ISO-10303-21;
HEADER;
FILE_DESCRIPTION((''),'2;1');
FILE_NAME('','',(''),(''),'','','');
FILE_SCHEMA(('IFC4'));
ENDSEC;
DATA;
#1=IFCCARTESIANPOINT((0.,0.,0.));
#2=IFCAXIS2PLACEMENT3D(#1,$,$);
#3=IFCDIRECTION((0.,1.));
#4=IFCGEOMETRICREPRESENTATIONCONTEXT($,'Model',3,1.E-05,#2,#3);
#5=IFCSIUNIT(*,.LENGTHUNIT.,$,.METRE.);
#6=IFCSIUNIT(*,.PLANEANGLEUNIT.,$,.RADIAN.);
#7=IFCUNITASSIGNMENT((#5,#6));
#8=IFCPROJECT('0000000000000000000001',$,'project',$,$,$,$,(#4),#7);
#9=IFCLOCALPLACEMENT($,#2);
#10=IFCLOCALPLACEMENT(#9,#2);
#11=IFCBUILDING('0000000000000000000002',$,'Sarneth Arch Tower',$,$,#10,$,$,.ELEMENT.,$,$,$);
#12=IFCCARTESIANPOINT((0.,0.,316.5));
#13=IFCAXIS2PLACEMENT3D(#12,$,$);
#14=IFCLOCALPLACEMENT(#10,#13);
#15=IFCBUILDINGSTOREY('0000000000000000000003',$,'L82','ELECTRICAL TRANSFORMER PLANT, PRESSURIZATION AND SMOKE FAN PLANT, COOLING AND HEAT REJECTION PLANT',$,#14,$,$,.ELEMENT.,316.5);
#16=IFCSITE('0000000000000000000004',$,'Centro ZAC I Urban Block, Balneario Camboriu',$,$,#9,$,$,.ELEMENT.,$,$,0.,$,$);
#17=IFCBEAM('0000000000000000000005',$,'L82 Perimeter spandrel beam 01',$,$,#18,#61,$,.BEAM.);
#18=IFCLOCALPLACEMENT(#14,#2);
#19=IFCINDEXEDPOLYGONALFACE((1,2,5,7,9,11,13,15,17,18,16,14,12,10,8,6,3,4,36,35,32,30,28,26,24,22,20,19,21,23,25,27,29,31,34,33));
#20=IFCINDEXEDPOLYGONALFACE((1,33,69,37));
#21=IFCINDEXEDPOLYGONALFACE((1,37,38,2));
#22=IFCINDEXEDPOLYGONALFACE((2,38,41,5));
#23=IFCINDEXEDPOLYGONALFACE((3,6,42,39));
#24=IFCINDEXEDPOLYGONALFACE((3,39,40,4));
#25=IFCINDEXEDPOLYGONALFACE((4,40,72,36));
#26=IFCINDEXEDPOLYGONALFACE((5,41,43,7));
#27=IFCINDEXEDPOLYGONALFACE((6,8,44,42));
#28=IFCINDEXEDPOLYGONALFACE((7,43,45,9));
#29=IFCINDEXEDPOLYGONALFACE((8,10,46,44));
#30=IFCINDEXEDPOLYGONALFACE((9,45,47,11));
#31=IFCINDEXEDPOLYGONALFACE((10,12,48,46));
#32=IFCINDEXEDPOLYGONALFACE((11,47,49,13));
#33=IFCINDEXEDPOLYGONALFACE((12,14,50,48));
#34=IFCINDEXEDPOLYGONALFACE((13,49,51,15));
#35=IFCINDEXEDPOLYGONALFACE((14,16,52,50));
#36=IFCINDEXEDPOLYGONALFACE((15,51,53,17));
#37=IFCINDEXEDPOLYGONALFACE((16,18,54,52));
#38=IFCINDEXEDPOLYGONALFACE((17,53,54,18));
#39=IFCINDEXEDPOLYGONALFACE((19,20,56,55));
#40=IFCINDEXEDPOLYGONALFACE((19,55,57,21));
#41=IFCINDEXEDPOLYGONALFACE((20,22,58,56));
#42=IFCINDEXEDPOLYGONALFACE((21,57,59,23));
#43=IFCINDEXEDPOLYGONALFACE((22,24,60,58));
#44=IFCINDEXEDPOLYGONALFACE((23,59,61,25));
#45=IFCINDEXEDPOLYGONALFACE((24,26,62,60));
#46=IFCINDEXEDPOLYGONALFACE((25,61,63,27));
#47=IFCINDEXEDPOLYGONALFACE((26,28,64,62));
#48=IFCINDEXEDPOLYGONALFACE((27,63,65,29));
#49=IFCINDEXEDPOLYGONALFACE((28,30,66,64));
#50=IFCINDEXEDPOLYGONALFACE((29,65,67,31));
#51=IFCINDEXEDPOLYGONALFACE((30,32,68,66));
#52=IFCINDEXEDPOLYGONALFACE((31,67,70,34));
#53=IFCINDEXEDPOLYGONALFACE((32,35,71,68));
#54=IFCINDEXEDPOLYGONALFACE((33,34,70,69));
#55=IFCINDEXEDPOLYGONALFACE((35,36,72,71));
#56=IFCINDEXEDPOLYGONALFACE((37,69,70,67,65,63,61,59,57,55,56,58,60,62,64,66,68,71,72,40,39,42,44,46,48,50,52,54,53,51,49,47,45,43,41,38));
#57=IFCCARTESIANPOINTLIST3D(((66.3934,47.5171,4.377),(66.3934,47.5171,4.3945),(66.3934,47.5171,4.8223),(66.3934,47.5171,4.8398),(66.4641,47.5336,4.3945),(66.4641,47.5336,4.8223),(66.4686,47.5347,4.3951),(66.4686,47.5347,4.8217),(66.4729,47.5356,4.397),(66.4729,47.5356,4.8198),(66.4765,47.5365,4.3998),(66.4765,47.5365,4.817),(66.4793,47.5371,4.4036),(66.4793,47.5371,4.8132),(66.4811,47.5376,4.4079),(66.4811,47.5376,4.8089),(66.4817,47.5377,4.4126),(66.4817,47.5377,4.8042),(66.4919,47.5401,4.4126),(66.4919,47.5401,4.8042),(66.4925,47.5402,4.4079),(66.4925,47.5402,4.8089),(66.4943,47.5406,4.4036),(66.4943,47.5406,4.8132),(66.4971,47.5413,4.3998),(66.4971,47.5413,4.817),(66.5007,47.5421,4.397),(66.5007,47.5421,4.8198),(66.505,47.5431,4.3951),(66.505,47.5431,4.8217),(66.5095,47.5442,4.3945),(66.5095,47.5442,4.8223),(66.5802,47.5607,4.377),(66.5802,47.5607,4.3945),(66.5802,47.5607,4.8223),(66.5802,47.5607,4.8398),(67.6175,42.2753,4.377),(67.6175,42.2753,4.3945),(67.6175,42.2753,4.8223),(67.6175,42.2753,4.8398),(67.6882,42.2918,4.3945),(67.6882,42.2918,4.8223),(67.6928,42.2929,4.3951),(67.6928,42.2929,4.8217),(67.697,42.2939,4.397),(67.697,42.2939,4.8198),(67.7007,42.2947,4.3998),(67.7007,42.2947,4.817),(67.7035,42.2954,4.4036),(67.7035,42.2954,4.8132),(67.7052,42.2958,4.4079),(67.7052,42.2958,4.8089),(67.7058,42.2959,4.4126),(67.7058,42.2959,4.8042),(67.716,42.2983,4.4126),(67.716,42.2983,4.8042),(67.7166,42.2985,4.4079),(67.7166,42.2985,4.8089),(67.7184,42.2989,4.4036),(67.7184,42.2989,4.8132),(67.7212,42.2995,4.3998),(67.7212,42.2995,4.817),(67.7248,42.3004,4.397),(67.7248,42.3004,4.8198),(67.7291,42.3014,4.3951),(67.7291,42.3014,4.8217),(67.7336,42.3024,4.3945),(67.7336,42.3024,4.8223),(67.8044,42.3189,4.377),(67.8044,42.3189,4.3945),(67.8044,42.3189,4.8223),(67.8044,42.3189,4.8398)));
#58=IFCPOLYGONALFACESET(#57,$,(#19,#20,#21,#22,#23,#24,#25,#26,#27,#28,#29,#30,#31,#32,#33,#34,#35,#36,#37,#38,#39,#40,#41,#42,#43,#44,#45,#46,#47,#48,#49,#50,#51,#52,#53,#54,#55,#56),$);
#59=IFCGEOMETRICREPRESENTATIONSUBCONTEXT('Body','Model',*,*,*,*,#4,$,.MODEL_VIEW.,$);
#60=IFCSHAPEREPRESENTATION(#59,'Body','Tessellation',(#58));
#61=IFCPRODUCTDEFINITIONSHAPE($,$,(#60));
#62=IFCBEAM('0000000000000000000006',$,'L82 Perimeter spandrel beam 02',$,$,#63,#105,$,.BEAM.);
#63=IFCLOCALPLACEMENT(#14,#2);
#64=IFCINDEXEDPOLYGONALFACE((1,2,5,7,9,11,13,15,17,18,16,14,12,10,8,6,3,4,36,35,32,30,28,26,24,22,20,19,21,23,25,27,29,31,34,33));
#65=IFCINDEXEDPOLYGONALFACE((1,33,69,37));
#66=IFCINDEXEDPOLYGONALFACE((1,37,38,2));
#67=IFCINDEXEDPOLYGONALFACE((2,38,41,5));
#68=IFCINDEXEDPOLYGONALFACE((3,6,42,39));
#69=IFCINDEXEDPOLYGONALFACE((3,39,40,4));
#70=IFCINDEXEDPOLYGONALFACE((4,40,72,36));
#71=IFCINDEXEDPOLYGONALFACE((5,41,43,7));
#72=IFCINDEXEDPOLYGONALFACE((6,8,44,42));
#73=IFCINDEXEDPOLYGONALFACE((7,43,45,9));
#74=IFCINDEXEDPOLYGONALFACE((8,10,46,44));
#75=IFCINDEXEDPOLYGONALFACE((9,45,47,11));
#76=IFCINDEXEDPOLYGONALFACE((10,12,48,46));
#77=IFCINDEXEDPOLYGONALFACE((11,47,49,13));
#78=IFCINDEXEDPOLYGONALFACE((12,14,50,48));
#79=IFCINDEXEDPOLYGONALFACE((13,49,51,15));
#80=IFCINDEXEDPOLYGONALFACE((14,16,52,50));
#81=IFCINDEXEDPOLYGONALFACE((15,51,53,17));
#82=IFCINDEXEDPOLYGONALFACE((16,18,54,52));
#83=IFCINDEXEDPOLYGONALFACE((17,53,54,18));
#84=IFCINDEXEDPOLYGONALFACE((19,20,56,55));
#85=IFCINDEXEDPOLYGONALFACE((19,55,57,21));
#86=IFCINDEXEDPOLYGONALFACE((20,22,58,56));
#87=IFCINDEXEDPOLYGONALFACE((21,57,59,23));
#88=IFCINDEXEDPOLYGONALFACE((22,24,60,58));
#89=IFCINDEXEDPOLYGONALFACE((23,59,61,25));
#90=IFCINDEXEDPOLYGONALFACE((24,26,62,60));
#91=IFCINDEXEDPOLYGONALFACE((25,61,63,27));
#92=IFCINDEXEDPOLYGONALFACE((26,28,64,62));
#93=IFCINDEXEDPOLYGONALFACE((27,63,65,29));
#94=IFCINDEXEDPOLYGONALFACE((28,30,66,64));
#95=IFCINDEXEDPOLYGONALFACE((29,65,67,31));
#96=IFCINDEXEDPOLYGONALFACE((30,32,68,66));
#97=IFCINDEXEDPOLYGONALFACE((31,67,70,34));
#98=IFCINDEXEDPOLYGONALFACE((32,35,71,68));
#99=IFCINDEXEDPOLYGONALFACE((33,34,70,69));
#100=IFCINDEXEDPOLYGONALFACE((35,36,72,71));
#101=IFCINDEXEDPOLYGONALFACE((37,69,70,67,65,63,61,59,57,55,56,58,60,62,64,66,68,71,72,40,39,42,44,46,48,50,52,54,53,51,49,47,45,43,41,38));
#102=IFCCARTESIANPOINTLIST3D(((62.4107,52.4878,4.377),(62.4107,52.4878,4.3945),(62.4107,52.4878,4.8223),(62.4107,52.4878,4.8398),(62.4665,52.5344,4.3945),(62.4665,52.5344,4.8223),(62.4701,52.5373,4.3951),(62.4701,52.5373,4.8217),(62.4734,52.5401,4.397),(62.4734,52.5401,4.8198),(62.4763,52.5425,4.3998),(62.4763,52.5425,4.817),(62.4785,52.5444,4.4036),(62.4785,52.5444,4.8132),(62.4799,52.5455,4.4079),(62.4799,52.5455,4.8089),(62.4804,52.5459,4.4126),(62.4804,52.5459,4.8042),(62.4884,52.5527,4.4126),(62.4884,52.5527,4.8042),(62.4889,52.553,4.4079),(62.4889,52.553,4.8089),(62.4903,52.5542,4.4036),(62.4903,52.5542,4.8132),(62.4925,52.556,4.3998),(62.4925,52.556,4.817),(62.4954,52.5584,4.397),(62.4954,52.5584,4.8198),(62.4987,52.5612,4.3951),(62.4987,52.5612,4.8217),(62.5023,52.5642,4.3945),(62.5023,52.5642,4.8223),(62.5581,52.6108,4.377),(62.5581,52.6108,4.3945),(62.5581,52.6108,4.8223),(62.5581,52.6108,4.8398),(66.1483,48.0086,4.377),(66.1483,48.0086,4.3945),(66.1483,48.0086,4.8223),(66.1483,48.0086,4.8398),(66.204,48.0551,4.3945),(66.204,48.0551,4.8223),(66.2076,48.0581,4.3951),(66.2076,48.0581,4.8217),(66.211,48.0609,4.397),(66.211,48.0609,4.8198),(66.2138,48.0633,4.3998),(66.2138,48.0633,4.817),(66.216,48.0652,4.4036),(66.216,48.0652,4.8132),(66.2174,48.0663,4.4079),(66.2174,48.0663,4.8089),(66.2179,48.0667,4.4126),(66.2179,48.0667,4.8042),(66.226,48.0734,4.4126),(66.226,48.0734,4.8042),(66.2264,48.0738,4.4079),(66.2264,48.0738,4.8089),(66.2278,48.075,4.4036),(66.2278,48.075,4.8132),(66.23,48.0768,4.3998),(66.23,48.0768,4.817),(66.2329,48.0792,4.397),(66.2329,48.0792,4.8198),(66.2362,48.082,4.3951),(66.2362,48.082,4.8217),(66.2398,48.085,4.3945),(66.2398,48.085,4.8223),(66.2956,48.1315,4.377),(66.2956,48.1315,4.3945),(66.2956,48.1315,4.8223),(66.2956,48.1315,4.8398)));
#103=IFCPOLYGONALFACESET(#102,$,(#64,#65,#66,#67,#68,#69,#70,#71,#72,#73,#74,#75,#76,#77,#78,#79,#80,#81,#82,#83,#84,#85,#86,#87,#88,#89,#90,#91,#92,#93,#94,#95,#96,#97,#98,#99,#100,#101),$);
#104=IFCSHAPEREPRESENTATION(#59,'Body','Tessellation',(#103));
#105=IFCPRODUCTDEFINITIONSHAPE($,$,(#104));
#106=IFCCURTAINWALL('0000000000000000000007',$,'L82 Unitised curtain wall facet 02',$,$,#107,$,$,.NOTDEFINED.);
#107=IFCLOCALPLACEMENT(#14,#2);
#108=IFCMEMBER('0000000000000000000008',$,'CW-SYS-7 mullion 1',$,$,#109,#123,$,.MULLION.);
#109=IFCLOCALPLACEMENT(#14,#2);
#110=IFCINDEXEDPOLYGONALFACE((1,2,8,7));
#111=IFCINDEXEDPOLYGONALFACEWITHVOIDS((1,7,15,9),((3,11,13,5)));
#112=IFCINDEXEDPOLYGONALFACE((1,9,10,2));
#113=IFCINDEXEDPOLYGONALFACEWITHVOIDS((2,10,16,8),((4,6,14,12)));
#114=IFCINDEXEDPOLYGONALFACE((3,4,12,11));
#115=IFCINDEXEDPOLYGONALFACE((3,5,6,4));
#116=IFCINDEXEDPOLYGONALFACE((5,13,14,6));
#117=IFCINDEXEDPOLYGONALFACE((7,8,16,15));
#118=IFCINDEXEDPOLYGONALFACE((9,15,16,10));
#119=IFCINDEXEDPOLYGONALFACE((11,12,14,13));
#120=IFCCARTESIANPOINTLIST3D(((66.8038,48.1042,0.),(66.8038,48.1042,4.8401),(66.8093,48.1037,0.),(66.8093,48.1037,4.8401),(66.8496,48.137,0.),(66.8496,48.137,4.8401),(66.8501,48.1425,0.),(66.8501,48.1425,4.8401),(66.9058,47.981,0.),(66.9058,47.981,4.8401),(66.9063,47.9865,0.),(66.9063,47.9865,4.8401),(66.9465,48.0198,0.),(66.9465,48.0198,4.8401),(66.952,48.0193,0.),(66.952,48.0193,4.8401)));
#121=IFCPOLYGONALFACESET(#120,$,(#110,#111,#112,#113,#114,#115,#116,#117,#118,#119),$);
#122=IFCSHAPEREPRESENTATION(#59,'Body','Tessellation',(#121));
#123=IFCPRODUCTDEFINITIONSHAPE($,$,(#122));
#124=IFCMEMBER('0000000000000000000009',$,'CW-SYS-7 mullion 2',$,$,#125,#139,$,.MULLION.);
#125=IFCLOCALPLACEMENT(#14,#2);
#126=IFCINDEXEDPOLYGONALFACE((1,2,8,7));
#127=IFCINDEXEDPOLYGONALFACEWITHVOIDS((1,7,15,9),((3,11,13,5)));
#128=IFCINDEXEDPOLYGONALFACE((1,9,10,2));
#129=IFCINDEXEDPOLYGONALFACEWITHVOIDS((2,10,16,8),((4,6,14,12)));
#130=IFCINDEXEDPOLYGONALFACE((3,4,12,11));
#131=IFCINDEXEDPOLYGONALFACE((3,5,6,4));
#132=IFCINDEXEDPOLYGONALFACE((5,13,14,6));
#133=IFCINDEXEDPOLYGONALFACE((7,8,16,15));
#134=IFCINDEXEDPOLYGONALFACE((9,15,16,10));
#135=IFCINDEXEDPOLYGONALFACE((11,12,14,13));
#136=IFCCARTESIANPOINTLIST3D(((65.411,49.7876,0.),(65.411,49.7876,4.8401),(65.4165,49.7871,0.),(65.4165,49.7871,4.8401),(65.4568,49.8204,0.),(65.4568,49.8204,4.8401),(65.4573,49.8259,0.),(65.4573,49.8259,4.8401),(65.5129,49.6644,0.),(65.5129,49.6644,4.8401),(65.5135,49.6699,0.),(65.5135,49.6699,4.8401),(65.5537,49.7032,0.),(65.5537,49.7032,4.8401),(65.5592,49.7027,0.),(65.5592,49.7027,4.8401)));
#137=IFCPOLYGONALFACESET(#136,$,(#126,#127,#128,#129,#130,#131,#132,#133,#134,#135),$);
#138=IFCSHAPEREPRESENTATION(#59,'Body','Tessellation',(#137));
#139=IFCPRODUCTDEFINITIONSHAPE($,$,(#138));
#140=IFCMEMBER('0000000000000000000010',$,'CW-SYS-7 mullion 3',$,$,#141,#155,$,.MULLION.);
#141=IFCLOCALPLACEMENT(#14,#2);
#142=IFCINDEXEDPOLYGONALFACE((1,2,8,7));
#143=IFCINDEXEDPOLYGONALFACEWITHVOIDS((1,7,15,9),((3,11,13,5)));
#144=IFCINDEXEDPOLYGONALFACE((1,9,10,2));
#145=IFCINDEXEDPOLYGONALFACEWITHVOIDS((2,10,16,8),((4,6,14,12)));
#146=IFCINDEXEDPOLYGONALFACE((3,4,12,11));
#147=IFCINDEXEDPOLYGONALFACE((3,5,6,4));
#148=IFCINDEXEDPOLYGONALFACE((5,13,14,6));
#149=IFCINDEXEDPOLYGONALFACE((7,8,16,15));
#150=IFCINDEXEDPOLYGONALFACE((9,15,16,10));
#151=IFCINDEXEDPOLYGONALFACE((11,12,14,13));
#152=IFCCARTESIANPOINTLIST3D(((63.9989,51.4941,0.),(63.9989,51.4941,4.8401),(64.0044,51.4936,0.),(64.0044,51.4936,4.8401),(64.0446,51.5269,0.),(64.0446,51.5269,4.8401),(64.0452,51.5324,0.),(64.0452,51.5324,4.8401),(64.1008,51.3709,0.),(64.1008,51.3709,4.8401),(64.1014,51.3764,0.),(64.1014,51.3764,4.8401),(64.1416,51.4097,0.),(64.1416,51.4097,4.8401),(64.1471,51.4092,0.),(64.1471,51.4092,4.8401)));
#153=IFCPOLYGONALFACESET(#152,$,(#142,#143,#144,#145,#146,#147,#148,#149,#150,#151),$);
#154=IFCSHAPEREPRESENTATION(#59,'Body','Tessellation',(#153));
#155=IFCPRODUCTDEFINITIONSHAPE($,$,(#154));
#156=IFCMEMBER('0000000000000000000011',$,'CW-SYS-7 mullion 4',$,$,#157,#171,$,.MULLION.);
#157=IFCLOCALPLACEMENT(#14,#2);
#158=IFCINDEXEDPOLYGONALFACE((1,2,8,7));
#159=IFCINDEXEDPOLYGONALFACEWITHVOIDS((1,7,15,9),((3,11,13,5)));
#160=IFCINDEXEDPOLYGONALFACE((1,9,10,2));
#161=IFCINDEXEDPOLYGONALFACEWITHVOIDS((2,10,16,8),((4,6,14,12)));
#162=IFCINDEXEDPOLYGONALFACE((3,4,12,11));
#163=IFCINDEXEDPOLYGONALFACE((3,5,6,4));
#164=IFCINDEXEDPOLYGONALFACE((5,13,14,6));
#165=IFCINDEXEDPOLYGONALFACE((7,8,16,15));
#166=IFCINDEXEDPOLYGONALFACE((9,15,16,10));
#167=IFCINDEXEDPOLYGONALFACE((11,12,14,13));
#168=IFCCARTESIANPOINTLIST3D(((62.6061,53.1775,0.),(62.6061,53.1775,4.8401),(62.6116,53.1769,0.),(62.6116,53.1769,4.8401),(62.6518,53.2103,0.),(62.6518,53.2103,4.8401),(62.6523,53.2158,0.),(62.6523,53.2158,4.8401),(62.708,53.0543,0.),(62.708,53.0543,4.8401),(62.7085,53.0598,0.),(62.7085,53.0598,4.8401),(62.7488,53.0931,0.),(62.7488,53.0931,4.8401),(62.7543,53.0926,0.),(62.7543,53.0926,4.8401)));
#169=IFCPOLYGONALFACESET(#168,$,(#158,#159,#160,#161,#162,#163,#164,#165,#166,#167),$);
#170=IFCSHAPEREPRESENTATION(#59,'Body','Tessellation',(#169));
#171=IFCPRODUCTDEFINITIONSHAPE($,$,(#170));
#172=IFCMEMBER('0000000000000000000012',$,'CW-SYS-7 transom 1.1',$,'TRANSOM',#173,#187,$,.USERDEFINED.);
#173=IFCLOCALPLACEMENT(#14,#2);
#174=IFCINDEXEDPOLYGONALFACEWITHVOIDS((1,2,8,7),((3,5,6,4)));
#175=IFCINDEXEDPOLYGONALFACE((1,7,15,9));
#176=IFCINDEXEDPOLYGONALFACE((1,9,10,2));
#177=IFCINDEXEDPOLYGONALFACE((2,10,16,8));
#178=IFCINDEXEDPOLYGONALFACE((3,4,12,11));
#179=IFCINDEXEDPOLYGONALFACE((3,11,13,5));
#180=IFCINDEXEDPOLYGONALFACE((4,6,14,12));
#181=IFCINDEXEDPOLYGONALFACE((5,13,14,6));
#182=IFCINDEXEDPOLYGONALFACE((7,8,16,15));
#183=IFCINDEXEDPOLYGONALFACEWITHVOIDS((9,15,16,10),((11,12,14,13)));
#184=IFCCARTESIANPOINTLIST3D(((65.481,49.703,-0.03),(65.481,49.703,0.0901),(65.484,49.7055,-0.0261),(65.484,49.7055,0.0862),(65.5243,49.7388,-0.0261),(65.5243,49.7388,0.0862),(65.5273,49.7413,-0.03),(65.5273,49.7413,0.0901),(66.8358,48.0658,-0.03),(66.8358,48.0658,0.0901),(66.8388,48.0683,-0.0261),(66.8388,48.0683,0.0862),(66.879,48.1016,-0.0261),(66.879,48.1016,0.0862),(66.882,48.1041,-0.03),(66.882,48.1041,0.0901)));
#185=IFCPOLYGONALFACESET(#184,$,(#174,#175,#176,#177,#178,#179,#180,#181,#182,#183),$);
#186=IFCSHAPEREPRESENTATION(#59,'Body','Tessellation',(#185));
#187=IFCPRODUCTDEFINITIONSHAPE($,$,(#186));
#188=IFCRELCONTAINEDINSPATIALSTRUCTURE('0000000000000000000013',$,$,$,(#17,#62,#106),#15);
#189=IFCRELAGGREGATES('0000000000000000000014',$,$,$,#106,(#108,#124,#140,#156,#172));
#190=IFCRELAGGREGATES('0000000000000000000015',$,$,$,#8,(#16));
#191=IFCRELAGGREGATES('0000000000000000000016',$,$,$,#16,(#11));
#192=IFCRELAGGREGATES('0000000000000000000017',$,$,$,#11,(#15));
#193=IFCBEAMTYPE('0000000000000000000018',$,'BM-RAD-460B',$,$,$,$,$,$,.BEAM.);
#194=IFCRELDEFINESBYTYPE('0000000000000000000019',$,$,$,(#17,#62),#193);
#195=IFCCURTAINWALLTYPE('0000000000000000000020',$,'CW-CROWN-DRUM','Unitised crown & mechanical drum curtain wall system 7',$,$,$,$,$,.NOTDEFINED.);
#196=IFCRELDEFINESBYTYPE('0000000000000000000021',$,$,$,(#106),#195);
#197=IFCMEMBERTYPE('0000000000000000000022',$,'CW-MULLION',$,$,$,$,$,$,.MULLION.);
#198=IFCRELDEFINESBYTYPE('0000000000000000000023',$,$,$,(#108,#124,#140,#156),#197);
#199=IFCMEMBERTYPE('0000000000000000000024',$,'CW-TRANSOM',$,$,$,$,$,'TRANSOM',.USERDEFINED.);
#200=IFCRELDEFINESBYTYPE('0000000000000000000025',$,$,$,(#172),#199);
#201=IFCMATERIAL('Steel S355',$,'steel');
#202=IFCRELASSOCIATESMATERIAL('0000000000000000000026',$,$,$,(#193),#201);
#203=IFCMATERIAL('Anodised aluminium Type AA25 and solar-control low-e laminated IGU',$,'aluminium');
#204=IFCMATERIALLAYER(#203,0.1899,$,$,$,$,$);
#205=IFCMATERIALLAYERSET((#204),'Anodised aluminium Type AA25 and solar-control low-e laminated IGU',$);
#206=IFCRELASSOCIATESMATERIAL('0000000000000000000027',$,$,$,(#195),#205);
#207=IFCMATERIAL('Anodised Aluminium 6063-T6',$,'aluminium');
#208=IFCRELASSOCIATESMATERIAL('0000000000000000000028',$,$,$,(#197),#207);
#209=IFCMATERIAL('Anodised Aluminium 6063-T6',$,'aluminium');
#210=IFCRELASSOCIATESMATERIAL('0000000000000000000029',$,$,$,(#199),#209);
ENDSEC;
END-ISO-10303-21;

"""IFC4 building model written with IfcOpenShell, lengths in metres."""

from ifc_helpers import new_model, si_unit, direction, frame, origin, origin_2d, place, context, subcontext, project, spatial, hollow_rectangle, i_section, extrude, material, layer, layer_set, material_profile, profile_set, type_object, element, aggregate, save


model = new_model("IFC4")

# Units and contexts
model_context = context("Model", 3, precision=1e-05, world=origin(), true_north=direction((0.0, 1.0)))
body_context = subcontext(model_context, "Body", "Model", "MODEL_VIEW")
ifc_project = project(units=[si_unit("LENGTHUNIT", "METRE"), si_unit("PLANEANGLEUNIT", "RADIAN")], contexts=[model_context])

# Site, building, storey
site_placement = place(None, origin())
site = spatial("IfcSite", under=ifc_project, at=site_placement, Name="Centro ZAC I Urban Block, Balneario Camboriu", CompositionType="ELEMENT", RefElevation=0.0)
building_placement = place(site_placement, origin())
building = spatial("IfcBuilding", under=site, at=building_placement, Name="Sarneth Arch Tower", CompositionType="ELEMENT")
storey_placement = place(building_placement, frame((0.0, 0.0, 316.5)))
storey = spatial("IfcBuildingStorey", under=building, at=storey_placement, Name="L82", Description="ELECTRICAL TRANSFORMER PLANT, PRESSURIZATION AND SMOKE FAN PLANT, COOLING AND HEAT REJECTION PLANT", CompositionType="ELEMENT", Elevation=316.5)

# Beams
ifc_material_1 = material(Name="Steel S355", Category="steel")
ifc_material_profile_1 = material_profile(ifc_material_1, i_section(OverallWidth=0.1919, OverallDepth=0.4629, WebThickness=0.0105, FlangeThickness=0.0176, FilletRadius=0.0181, at=origin_2d()), Name="W460x89")
ifc_profile_set_1 = profile_set([ifc_material_profile_1], Name="Steel S355")
beam_type_1 = type_object("IfcBeamType", Name="BM-RAD-460B", PredefinedType="BEAM", material=ifc_profile_set_1)
beam_1_placement = place(storey_placement, frame((67.7109, 42.2971, 4.6084), z_axis=(-0.227416, 0.973798, 0.0), x_axis=(-0.973798, -0.227416, 0.0)))
element("IfcBeam", 1, at=beam_1_placement, inside=storey, type_object=beam_type_1, Name="L82 Perimeter spandrel beam 01", PredefinedType="BEAM", context=body_context, shape_type="SweptSolid", body=[
    extrude(i_section(OverallWidth=0.1919, OverallDepth=0.4629, WebThickness=0.0105, FlangeThickness=0.0176, FilletRadius=0.0181, at=origin_2d()), origin(), (0.0, 0.0, 1.0), 5.3828),
])
beam_2_placement = place(storey_placement, frame((66.2219, 48.0701, 4.6084), z_axis=(-0.640674, 0.767813, 0.0), x_axis=(-0.767813, -0.640674, 0.0)))
element("IfcBeam", 2, at=beam_2_placement, inside=storey, type_object=beam_type_1, Name="L82 Perimeter spandrel beam 02", PredefinedType="BEAM", context=body_context, shape_type="SweptSolid", body=[
    extrude(i_section(OverallWidth=0.1919, OverallDepth=0.4629, WebThickness=0.0105, FlangeThickness=0.0176, FilletRadius=0.0181, at=origin_2d()), origin(), (0.0, 0.0, 1.0), 5.8337),
])

# Curtain wall, members
ifc_material_2 = material(Name="Anodised aluminium Type AA25 and solar-control low-e laminated IGU", Category="aluminium")
ifc_layer_1 = layer(ifc_material_2, 0.1899)
ifc_layer_set_1 = layer_set([ifc_layer_1], Name="Anodised aluminium Type AA25 and solar-control low-e laminated IGU")
curtain_wall_type = type_object("IfcCurtainWallType", Name="CW-CROWN-DRUM", Description="Unitised crown & mechanical drum curtain wall system 7", PredefinedType="NOTDEFINED", material=ifc_layer_set_1)
curtain_wall_placement = place(storey_placement, origin())
curtain_wall = element("IfcCurtainWall", 3, at=curtain_wall_placement, inside=storey, type_object=curtain_wall_type, Name="L82 Unitised curtain wall facet 02", PredefinedType="NOTDEFINED")
ifc_material_3 = material(Name="Anodised Aluminium 6063-T6", Category="aluminium")
ifc_material_profile_2 = material_profile(ifc_material_3, hollow_rectangle(XDim=0.0601, YDim=0.1599, WallThickness=0.0039, at=origin_2d()), Name="AL-MULL-160x60x4")
ifc_profile_set_2 = profile_set([ifc_material_profile_2], Name="Anodised Aluminium 6063-T6")
member_type_1 = type_object("IfcMemberType", Name="CW-MULLION", PredefinedType="MULLION", material=ifc_profile_set_2)
member_1_placement = place(storey_placement, frame((66.8779, 48.0618, 0.0), z_axis=(0.0, 0.0, 1.0), x_axis=(-0.770446, -0.637505, 0.0)))
member_1 = element("IfcMember", 4, at=member_1_placement, type_object=member_type_1, Name="CW-SYS-7 mullion 1", PredefinedType="MULLION", context=body_context, shape_type="SweptSolid", body=[
    extrude(hollow_rectangle(XDim=0.0601, YDim=0.1599, WallThickness=0.0039, at=origin_2d()), origin(), (0.0, 0.0, 1.0), 4.8401),
])
member_2_placement = place(storey_placement, frame((65.4851, 49.7451, 0.0), z_axis=(0.0, 0.0, 1.0), x_axis=(-0.770446, -0.637505, 0.0)))
member_2 = element("IfcMember", 5, at=member_2_placement, type_object=member_type_1, Name="CW-SYS-7 mullion 2", PredefinedType="MULLION", context=body_context, shape_type="SweptSolid", body=[
    extrude(hollow_rectangle(XDim=0.0601, YDim=0.1599, WallThickness=0.0039, at=origin_2d()), origin(), (0.0, 0.0, 1.0), 4.8401),
])
member_3_placement = place(storey_placement, frame((64.073, 51.4517, 0.0), z_axis=(0.0, 0.0, 1.0), x_axis=(-0.770446, -0.637505, 0.0)))
member_3 = element("IfcMember", 6, at=member_3_placement, type_object=member_type_1, Name="CW-SYS-7 mullion 3", PredefinedType="MULLION", context=body_context, shape_type="SweptSolid", body=[
    extrude(hollow_rectangle(XDim=0.0601, YDim=0.1599, WallThickness=0.0039, at=origin_2d()), origin(), (0.0, 0.0, 1.0), 4.8401),
])
member_4_placement = place(storey_placement, frame((62.6802, 53.135, 0.0), z_axis=(0.0, 0.0, 1.0), x_axis=(-0.770446, -0.637505, 0.0)))
member_4 = element("IfcMember", 7, at=member_4_placement, type_object=member_type_1, Name="CW-SYS-7 mullion 4", PredefinedType="MULLION", context=body_context, shape_type="SweptSolid", body=[
    extrude(hollow_rectangle(XDim=0.0601, YDim=0.1599, WallThickness=0.0039, at=origin_2d()), origin(), (0.0, 0.0, 1.0), 4.8401),
])
ifc_material_4 = material(Name="Anodised Aluminium 6063-T6", Category="aluminium")
ifc_material_profile_3 = material_profile(ifc_material_4, hollow_rectangle(XDim=0.0601, YDim=0.1201, WallThickness=0.0039, at=origin_2d()), Name="AL-TRAN-120x60x4")
ifc_profile_set_3 = profile_set([ifc_material_profile_3], Name="Anodised Aluminium 6063-T6")
member_type_2 = type_object("IfcMemberType", Name="CW-TRANSOM", ElementType="TRANSOM", PredefinedType="USERDEFINED", material=ifc_profile_set_3)
member_5_placement = place(storey_placement, frame((66.8589, 48.085, 0.03), z_axis=(-0.637514, 0.770439, 0.0), x_axis=(-0.770439, -0.637514, 0.0)))
member_5 = element("IfcMember", 8, at=member_5_placement, type_object=member_type_2, Name="CW-SYS-7 transom 1.1", ObjectType="TRANSOM", PredefinedType="USERDEFINED", context=body_context, shape_type="SweptSolid", body=[
    extrude(hollow_rectangle(XDim=0.0601, YDim=0.1201, WallThickness=0.0039, at=origin_2d()), origin(), (0.0, 0.0, 1.0), 2.125),
])

aggregate(curtain_wall, [member_1, member_2, member_3, member_4, member_5])

save(model, "model.ifc")
